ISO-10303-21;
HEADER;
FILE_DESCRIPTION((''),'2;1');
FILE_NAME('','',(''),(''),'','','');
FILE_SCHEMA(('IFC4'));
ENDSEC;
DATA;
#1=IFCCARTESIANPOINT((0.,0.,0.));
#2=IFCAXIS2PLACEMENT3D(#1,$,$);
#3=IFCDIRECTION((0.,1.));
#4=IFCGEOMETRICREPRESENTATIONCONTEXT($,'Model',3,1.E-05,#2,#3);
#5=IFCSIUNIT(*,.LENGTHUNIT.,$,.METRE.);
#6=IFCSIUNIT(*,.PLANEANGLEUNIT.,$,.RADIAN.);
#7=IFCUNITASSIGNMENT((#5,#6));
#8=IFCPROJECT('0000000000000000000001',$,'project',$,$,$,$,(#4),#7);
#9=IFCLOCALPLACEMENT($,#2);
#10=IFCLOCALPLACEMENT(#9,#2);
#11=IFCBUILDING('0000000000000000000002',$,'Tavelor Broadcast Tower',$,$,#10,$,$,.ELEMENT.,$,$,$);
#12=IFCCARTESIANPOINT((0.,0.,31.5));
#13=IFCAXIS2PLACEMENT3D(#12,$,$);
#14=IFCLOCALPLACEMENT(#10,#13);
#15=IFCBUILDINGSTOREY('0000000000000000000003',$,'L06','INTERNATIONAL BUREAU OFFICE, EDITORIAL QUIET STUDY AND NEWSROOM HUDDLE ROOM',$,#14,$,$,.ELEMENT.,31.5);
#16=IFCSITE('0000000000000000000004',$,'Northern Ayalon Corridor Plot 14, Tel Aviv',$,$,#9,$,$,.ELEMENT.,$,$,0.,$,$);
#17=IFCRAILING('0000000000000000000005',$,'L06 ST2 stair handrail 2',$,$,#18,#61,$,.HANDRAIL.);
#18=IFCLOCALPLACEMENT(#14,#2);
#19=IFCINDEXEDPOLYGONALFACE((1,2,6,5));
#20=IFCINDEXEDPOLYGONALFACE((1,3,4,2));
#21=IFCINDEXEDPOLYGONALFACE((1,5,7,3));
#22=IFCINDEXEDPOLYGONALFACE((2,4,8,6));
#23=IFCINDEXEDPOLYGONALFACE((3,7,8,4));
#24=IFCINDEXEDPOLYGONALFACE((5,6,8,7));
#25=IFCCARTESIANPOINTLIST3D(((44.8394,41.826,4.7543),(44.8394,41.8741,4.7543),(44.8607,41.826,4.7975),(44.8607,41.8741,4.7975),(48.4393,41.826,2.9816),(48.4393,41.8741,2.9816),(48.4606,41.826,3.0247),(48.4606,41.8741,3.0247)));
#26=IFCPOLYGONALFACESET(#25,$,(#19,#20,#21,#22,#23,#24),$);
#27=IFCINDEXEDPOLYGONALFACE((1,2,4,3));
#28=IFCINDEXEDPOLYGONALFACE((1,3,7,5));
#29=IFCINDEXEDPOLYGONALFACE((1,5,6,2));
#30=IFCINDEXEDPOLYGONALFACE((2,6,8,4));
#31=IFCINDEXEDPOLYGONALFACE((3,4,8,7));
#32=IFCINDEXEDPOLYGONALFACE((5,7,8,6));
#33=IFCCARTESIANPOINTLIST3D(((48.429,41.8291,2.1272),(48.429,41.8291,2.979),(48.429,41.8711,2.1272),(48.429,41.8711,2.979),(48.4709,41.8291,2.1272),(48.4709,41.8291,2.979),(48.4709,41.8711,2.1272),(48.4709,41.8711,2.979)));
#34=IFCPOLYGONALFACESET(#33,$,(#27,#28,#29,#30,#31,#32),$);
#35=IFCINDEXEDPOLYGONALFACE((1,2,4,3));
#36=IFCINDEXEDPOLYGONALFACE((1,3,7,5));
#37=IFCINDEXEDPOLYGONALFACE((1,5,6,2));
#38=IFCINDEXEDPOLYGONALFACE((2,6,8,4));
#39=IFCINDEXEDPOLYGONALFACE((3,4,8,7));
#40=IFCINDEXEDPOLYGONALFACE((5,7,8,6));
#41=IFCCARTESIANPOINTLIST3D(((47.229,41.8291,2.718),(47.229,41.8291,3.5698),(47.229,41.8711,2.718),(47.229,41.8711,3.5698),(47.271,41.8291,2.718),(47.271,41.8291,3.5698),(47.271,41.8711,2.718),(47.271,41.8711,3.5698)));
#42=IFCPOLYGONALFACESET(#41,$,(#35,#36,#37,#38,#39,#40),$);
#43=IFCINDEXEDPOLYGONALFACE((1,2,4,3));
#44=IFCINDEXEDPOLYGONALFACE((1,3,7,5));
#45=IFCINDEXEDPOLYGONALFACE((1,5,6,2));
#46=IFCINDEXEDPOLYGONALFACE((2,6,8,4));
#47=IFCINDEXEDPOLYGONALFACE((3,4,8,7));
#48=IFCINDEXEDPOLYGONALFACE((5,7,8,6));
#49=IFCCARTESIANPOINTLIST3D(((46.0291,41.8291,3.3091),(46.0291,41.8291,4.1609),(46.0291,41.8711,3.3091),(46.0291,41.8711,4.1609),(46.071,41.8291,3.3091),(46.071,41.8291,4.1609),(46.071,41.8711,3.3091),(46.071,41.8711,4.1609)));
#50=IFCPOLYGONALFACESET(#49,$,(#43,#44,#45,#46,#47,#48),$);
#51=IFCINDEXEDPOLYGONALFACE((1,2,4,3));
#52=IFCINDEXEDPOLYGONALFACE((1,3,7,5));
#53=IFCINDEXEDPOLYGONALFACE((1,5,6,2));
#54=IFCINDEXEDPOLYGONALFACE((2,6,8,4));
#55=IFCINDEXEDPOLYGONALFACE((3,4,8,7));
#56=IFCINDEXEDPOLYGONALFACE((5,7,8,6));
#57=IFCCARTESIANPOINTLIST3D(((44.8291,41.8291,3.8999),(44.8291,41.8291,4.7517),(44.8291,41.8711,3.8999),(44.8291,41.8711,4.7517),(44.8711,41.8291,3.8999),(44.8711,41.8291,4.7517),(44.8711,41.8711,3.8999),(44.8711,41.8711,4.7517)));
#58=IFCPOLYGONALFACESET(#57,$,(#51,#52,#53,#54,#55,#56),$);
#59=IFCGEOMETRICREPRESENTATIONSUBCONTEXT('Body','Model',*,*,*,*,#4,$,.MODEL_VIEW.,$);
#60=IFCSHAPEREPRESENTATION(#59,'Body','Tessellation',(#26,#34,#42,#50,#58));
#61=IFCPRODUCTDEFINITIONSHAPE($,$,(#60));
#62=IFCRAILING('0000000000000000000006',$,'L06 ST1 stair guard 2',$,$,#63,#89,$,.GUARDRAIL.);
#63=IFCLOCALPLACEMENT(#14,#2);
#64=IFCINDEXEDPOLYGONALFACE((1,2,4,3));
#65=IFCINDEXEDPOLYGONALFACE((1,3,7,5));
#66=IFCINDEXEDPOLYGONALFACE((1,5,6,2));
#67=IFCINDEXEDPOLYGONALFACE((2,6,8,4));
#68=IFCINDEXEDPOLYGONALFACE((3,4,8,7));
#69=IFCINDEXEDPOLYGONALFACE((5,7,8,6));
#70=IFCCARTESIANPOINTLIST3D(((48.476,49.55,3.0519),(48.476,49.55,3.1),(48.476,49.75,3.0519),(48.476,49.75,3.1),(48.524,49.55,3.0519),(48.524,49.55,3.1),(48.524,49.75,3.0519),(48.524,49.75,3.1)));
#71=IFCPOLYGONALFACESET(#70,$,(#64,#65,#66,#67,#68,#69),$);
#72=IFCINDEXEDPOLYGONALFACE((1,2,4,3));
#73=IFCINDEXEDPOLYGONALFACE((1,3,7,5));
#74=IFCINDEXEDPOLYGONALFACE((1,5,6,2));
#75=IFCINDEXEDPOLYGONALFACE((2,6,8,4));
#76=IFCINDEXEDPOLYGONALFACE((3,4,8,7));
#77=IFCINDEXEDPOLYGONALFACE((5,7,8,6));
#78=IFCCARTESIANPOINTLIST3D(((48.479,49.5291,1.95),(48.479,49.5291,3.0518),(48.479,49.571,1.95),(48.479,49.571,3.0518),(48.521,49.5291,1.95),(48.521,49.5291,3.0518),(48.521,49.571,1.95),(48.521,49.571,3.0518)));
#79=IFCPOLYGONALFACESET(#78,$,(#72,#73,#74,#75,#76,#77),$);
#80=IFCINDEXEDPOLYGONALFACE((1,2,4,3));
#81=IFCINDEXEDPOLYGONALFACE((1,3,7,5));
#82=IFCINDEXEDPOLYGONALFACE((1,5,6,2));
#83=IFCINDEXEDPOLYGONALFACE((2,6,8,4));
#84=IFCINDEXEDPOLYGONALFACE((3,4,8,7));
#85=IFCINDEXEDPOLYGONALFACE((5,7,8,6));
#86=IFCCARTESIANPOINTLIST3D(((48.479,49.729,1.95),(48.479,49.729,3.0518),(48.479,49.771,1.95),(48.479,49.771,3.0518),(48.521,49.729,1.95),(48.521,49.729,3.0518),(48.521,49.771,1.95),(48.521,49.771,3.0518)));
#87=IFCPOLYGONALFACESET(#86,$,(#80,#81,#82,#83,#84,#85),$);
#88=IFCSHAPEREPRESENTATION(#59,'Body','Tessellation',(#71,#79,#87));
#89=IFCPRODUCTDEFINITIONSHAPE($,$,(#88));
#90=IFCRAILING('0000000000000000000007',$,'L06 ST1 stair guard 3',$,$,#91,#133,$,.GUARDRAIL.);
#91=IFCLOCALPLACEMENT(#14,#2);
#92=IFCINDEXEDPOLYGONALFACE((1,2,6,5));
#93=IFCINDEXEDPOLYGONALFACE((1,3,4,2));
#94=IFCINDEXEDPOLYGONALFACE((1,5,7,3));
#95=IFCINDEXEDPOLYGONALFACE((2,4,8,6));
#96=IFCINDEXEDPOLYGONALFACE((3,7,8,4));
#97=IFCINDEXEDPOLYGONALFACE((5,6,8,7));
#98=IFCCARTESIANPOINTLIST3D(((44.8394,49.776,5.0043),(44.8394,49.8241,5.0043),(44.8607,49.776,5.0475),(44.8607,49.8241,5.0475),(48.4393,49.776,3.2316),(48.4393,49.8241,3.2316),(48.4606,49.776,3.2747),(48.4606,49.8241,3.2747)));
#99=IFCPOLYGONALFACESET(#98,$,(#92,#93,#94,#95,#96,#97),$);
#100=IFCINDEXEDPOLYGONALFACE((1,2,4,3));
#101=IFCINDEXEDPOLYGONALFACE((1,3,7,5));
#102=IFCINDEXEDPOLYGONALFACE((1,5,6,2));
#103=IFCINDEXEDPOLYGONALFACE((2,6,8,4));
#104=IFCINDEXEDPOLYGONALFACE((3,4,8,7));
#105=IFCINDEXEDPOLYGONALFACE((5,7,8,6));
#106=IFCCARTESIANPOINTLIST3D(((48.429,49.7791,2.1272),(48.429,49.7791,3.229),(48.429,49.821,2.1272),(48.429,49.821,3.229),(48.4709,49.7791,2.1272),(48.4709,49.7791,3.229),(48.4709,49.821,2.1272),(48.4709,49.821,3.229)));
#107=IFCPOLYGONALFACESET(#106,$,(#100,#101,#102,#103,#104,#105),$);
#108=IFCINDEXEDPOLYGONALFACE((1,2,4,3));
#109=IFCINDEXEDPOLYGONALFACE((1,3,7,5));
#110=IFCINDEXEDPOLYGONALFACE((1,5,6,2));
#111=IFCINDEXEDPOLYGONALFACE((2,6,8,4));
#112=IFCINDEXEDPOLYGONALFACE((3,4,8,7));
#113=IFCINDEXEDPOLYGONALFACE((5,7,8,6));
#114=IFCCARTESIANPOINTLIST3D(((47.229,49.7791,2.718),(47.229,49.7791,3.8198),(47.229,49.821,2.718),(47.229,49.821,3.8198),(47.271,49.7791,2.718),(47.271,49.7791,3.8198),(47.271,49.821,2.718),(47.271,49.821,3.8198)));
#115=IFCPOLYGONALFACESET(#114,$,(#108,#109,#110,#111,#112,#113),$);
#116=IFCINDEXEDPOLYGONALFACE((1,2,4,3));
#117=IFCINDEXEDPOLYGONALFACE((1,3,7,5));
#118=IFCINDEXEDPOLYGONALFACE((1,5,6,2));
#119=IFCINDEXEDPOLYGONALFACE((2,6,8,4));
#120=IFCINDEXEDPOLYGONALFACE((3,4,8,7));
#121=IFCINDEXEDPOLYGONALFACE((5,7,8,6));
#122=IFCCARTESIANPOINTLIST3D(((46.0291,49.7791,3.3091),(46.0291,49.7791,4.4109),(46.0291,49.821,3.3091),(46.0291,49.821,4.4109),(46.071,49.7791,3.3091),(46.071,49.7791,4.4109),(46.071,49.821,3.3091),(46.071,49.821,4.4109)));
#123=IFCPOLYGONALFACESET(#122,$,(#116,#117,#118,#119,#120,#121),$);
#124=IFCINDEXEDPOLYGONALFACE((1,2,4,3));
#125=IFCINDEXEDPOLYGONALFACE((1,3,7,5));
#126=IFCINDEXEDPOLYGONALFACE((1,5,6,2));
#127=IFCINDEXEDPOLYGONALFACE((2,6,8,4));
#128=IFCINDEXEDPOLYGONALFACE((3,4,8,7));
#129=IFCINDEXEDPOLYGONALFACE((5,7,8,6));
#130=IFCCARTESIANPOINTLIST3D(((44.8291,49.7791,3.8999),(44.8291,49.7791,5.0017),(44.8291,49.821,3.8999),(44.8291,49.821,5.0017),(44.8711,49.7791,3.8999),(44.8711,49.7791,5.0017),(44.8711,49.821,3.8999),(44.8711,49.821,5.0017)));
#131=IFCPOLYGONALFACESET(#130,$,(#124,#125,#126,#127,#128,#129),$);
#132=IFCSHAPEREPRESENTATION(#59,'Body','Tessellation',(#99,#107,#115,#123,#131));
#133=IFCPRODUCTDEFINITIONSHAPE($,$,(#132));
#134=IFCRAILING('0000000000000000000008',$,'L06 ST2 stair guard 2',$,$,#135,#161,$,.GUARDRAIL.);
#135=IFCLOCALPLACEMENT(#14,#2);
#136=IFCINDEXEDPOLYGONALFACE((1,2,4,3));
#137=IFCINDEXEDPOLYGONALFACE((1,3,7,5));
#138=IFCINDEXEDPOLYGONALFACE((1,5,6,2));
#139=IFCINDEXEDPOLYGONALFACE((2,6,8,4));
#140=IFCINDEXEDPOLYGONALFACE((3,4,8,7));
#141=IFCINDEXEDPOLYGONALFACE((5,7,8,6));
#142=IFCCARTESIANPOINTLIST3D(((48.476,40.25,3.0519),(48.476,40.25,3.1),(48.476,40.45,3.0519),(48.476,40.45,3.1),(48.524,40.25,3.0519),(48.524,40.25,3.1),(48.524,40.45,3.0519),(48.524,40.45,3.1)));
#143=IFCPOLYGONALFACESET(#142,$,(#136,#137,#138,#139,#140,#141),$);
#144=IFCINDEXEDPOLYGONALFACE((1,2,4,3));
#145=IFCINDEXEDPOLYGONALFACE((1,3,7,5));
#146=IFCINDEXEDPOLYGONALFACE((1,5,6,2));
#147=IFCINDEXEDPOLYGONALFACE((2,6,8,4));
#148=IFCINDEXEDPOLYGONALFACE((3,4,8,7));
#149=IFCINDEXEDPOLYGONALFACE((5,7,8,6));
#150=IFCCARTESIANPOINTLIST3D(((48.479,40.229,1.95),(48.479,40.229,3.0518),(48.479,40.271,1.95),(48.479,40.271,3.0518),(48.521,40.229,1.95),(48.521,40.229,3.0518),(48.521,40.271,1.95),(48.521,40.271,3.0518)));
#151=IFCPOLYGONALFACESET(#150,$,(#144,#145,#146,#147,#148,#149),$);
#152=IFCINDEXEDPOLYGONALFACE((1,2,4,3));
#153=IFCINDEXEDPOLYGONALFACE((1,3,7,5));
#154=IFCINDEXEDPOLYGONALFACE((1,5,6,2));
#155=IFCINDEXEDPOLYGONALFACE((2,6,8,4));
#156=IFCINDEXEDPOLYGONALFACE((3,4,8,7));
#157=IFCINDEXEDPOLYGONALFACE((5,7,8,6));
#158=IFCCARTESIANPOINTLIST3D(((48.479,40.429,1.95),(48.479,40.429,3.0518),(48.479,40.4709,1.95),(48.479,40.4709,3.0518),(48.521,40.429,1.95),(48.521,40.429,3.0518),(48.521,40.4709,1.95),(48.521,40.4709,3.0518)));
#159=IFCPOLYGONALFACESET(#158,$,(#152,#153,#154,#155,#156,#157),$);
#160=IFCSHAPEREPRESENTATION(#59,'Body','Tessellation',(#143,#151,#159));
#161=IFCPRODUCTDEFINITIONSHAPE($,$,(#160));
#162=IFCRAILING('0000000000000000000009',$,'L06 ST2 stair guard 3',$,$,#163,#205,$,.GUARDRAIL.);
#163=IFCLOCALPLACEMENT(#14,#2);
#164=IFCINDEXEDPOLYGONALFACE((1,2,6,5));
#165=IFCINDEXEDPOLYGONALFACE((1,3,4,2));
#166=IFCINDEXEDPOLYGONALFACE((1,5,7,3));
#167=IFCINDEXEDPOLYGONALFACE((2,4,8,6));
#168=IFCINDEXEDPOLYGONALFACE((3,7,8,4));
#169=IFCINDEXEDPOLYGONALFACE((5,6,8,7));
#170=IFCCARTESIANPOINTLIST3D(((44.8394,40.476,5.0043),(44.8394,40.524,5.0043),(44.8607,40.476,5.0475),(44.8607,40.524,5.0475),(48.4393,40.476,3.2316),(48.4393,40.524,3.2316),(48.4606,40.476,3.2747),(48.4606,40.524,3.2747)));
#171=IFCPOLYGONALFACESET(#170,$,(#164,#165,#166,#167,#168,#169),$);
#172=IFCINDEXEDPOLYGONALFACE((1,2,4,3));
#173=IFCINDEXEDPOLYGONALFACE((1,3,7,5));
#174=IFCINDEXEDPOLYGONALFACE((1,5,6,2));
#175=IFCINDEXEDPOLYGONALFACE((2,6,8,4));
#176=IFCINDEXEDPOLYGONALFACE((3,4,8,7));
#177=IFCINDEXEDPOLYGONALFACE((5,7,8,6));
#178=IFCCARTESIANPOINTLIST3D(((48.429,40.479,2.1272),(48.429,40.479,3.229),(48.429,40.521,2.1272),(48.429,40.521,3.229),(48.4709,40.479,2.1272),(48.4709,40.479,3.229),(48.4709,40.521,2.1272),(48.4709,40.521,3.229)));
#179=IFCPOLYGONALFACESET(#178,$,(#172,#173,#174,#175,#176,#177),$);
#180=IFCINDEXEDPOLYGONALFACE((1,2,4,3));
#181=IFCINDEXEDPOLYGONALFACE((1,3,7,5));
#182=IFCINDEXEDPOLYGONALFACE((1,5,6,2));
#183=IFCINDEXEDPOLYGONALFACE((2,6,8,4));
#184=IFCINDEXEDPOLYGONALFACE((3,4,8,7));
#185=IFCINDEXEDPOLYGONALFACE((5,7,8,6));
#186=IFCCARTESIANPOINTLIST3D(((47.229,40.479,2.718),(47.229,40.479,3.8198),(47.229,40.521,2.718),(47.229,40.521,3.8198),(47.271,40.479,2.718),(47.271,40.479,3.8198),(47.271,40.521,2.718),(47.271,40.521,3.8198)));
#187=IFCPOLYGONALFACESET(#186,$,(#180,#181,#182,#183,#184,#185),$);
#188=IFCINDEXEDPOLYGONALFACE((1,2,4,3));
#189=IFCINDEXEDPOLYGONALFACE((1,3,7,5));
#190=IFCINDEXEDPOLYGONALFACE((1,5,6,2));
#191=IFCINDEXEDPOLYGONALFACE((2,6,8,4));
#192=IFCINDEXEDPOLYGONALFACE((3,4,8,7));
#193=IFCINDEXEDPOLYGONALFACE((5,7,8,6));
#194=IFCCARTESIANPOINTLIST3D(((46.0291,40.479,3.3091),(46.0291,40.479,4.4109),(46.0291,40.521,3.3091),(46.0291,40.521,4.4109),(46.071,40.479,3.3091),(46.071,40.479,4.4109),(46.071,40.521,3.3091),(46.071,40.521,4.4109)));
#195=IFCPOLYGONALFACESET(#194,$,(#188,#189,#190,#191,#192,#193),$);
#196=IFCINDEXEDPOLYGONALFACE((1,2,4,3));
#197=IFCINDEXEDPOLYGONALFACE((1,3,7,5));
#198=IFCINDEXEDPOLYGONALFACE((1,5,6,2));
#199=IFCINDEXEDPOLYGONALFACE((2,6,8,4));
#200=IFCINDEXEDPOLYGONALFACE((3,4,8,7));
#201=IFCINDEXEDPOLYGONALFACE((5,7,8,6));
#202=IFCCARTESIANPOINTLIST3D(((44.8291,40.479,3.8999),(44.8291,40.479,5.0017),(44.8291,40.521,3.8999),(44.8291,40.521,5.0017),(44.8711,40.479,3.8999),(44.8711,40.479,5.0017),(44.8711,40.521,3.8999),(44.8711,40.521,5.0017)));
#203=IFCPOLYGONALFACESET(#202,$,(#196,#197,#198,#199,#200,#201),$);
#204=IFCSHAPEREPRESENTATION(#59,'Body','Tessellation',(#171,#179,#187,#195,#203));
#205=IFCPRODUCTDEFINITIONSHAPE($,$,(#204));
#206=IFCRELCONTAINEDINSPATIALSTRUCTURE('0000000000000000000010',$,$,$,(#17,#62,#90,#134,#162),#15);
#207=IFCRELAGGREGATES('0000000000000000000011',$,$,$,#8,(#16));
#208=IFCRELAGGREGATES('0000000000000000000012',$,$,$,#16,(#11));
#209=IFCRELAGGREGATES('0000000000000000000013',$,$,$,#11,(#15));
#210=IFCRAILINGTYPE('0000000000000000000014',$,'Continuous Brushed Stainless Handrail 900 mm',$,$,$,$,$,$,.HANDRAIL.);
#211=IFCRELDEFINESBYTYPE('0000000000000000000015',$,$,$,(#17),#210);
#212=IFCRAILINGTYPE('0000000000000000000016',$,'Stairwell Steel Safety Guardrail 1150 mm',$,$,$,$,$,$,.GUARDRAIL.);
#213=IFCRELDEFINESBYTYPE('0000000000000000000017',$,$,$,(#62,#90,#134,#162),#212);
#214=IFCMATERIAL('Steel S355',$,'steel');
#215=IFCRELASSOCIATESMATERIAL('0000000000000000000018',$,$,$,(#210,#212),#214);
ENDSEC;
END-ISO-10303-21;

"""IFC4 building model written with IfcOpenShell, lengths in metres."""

from ifc_helpers import new_model, si_unit, direction, frame, origin, origin_2d, place, context, subcontext, project, spatial, rectangle, extrude, material, type_object, element, save


model = new_model("IFC4")

# Units and contexts
model_context = context("Model", 3, precision=1e-05, world=origin(), true_north=direction((0.0, 1.0)))
body_context = subcontext(model_context, "Body", "Model", "MODEL_VIEW")
ifc_project = project(units=[si_unit("LENGTHUNIT", "METRE"), si_unit("PLANEANGLEUNIT", "RADIAN")], contexts=[model_context])

# Site, building, storey
site_placement = place(None, origin())
site = spatial("IfcSite", under=ifc_project, at=site_placement, Name="Northern Ayalon Corridor Plot 14, Tel Aviv", CompositionType="ELEMENT", RefElevation=0.0)
building_placement = place(site_placement, origin())
building = spatial("IfcBuilding", under=site, at=building_placement, Name="Tavelor Broadcast Tower", CompositionType="ELEMENT")
storey_placement = place(building_placement, frame((0.0, 0.0, 31.5)))
storey = spatial("IfcBuildingStorey", under=building, at=storey_placement, Name="L06", Description="INTERNATIONAL BUREAU OFFICE, EDITORIAL QUIET STUDY AND NEWSROOM HUDDLE ROOM", CompositionType="ELEMENT", Elevation=31.5)

# Shared definitions
ifc_material_1 = material(Name="Steel S355", Category="steel")

# Railings
railing_type_1 = type_object("IfcRailingType", Name="Continuous Brushed Stainless Handrail 900 mm", PredefinedType="HANDRAIL", material=ifc_material_1)
for number, where, name in (
    (1, (48.45, 41.8501, 2.1272), "L06 ST2 stair handrail 2"),
):
    element("IfcRailing", number, at=place(storey_placement, frame(where)), inside=storey, type_object=railing_type_1, Name=name, PredefinedType="HANDRAIL", context=body_context, shape_type="SweptSolid", body=[
        extrude(rectangle(XDim=0.0481, YDim=0.0481, at=origin_2d()), frame((0.0, 0.0, 0.876), z_axis=(-0.897124, 0.0, 0.441778), x_axis=(0.0, -1.0, 0.0)), (0.0, 0.0, 1.0), 4.0127),
        extrude(rectangle(XDim=0.042, YDim=0.042, at=origin_2d()), origin(), (0.0, 0.0, 1.0), 0.8518),
        extrude(rectangle(XDim=0.042, YDim=0.042, at=origin_2d()), frame((-1.2, 0.0, 0.5908)), (0.0, 0.0, 1.0), 0.8518),
        extrude(rectangle(XDim=0.042, YDim=0.042, at=origin_2d()), frame((-2.3999, 0.0, 1.1819)), (0.0, 0.0, 1.0), 0.8518),
        extrude(rectangle(XDim=0.042, YDim=0.042, at=origin_2d()), frame((-3.5999, 0.0, 1.7727)), (0.0, 0.0, 1.0), 0.8518),
    ])
railing_type_2 = type_object("IfcRailingType", Name="Stairwell Steel Safety Guardrail 1150 mm", PredefinedType="GUARDRAIL", material=ifc_material_1)
railing_1_placement = place(storey_placement, frame((48.5, 49.55, 1.95)))
element("IfcRailing", 2, at=railing_1_placement, inside=storey, type_object=railing_type_2, Name="L06 ST1 stair guard 2", PredefinedType="GUARDRAIL", context=body_context, shape_type="SweptSolid", body=[
    extrude(rectangle(XDim=0.0481, YDim=0.0481, at=origin_2d()), frame((0.0, 0.0, 1.126), z_axis=(0.0, 1.0, 0.0), x_axis=(-1.0, 0.0, 0.0)), (0.0, 0.0, 1.0), 0.2),
    extrude(rectangle(XDim=0.042, YDim=0.042, at=origin_2d()), origin(), (0.0, 0.0, 1.0), 1.1018),
    extrude(rectangle(XDim=0.042, YDim=0.042, at=origin_2d()), frame((0.0, 0.2, 0.0)), (0.0, 0.0, 1.0), 1.1018),
])
railing_2_placement = place(storey_placement, frame((48.45, 49.8, 2.1272)))
element("IfcRailing", 3, at=railing_2_placement, inside=storey, type_object=railing_type_2, Name="L06 ST1 stair guard 3", PredefinedType="GUARDRAIL", context=body_context, shape_type="SweptSolid", body=[
    extrude(rectangle(XDim=0.0481, YDim=0.0481, at=origin_2d()), frame((0.0, 0.0, 1.126), z_axis=(-0.897124, 0.0, 0.441778), x_axis=(0.0, -1.0, 0.0)), (0.0, 0.0, 1.0), 4.0127),
    extrude(rectangle(XDim=0.042, YDim=0.042, at=origin_2d()), origin(), (0.0, 0.0, 1.0), 1.1018),
    extrude(rectangle(XDim=0.042, YDim=0.042, at=origin_2d()), frame((-1.2, 0.0, 0.5908)), (0.0, 0.0, 1.0), 1.1018),
    extrude(rectangle(XDim=0.042, YDim=0.042, at=origin_2d()), frame((-2.3999, 0.0, 1.1819)), (0.0, 0.0, 1.0), 1.1018),
    extrude(rectangle(XDim=0.042, YDim=0.042, at=origin_2d()), frame((-3.5999, 0.0, 1.7727)), (0.0, 0.0, 1.0), 1.1018),
])
railing_3_placement = place(storey_placement, frame((48.5, 40.25, 1.95)))
element("IfcRailing", 4, at=railing_3_placement, inside=storey, type_object=railing_type_2, Name="L06 ST2 stair guard 2", PredefinedType="GUARDRAIL", context=body_context, shape_type="SweptSolid", body=[
    extrude(rectangle(XDim=0.0481, YDim=0.0481, at=origin_2d()), frame((0.0, 0.0, 1.126), z_axis=(0.0, 1.0, 0.0), x_axis=(-1.0, 0.0, 0.0)), (0.0, 0.0, 1.0), 0.2),
    extrude(rectangle(XDim=0.042, YDim=0.042, at=origin_2d()), origin(), (0.0, 0.0, 1.0), 1.1018),
    extrude(rectangle(XDim=0.042, YDim=0.042, at=origin_2d()), frame((0.0, 0.2, 0.0)), (0.0, 0.0, 1.0), 1.1018),
])
railing_4_placement = place(storey_placement, frame((48.45, 40.5, 2.1272)))
element("IfcRailing", 5, at=railing_4_placement, inside=storey, type_object=railing_type_2, Name="L06 ST2 stair guard 3", PredefinedType="GUARDRAIL", context=body_context, shape_type="SweptSolid", body=[
    extrude(rectangle(XDim=0.0481, YDim=0.0481, at=origin_2d()), frame((0.0, 0.0, 1.126), z_axis=(-0.897124, 0.0, 0.441778), x_axis=(0.0, -1.0, 0.0)), (0.0, 0.0, 1.0), 4.0127),
    extrude(rectangle(XDim=0.042, YDim=0.042, at=origin_2d()), origin(), (0.0, 0.0, 1.0), 1.1018),
    extrude(rectangle(XDim=0.042, YDim=0.042, at=origin_2d()), frame((-1.2, 0.0, 0.5908)), (0.0, 0.0, 1.0), 1.1018),
    extrude(rectangle(XDim=0.042, YDim=0.042, at=origin_2d()), frame((-2.3999, 0.0, 1.1819)), (0.0, 0.0, 1.0), 1.1018),
    extrude(rectangle(XDim=0.042, YDim=0.042, at=origin_2d()), frame((-3.5999, 0.0, 1.7727)), (0.0, 0.0, 1.0), 1.1018),
])

save(model, "model.ifc")
